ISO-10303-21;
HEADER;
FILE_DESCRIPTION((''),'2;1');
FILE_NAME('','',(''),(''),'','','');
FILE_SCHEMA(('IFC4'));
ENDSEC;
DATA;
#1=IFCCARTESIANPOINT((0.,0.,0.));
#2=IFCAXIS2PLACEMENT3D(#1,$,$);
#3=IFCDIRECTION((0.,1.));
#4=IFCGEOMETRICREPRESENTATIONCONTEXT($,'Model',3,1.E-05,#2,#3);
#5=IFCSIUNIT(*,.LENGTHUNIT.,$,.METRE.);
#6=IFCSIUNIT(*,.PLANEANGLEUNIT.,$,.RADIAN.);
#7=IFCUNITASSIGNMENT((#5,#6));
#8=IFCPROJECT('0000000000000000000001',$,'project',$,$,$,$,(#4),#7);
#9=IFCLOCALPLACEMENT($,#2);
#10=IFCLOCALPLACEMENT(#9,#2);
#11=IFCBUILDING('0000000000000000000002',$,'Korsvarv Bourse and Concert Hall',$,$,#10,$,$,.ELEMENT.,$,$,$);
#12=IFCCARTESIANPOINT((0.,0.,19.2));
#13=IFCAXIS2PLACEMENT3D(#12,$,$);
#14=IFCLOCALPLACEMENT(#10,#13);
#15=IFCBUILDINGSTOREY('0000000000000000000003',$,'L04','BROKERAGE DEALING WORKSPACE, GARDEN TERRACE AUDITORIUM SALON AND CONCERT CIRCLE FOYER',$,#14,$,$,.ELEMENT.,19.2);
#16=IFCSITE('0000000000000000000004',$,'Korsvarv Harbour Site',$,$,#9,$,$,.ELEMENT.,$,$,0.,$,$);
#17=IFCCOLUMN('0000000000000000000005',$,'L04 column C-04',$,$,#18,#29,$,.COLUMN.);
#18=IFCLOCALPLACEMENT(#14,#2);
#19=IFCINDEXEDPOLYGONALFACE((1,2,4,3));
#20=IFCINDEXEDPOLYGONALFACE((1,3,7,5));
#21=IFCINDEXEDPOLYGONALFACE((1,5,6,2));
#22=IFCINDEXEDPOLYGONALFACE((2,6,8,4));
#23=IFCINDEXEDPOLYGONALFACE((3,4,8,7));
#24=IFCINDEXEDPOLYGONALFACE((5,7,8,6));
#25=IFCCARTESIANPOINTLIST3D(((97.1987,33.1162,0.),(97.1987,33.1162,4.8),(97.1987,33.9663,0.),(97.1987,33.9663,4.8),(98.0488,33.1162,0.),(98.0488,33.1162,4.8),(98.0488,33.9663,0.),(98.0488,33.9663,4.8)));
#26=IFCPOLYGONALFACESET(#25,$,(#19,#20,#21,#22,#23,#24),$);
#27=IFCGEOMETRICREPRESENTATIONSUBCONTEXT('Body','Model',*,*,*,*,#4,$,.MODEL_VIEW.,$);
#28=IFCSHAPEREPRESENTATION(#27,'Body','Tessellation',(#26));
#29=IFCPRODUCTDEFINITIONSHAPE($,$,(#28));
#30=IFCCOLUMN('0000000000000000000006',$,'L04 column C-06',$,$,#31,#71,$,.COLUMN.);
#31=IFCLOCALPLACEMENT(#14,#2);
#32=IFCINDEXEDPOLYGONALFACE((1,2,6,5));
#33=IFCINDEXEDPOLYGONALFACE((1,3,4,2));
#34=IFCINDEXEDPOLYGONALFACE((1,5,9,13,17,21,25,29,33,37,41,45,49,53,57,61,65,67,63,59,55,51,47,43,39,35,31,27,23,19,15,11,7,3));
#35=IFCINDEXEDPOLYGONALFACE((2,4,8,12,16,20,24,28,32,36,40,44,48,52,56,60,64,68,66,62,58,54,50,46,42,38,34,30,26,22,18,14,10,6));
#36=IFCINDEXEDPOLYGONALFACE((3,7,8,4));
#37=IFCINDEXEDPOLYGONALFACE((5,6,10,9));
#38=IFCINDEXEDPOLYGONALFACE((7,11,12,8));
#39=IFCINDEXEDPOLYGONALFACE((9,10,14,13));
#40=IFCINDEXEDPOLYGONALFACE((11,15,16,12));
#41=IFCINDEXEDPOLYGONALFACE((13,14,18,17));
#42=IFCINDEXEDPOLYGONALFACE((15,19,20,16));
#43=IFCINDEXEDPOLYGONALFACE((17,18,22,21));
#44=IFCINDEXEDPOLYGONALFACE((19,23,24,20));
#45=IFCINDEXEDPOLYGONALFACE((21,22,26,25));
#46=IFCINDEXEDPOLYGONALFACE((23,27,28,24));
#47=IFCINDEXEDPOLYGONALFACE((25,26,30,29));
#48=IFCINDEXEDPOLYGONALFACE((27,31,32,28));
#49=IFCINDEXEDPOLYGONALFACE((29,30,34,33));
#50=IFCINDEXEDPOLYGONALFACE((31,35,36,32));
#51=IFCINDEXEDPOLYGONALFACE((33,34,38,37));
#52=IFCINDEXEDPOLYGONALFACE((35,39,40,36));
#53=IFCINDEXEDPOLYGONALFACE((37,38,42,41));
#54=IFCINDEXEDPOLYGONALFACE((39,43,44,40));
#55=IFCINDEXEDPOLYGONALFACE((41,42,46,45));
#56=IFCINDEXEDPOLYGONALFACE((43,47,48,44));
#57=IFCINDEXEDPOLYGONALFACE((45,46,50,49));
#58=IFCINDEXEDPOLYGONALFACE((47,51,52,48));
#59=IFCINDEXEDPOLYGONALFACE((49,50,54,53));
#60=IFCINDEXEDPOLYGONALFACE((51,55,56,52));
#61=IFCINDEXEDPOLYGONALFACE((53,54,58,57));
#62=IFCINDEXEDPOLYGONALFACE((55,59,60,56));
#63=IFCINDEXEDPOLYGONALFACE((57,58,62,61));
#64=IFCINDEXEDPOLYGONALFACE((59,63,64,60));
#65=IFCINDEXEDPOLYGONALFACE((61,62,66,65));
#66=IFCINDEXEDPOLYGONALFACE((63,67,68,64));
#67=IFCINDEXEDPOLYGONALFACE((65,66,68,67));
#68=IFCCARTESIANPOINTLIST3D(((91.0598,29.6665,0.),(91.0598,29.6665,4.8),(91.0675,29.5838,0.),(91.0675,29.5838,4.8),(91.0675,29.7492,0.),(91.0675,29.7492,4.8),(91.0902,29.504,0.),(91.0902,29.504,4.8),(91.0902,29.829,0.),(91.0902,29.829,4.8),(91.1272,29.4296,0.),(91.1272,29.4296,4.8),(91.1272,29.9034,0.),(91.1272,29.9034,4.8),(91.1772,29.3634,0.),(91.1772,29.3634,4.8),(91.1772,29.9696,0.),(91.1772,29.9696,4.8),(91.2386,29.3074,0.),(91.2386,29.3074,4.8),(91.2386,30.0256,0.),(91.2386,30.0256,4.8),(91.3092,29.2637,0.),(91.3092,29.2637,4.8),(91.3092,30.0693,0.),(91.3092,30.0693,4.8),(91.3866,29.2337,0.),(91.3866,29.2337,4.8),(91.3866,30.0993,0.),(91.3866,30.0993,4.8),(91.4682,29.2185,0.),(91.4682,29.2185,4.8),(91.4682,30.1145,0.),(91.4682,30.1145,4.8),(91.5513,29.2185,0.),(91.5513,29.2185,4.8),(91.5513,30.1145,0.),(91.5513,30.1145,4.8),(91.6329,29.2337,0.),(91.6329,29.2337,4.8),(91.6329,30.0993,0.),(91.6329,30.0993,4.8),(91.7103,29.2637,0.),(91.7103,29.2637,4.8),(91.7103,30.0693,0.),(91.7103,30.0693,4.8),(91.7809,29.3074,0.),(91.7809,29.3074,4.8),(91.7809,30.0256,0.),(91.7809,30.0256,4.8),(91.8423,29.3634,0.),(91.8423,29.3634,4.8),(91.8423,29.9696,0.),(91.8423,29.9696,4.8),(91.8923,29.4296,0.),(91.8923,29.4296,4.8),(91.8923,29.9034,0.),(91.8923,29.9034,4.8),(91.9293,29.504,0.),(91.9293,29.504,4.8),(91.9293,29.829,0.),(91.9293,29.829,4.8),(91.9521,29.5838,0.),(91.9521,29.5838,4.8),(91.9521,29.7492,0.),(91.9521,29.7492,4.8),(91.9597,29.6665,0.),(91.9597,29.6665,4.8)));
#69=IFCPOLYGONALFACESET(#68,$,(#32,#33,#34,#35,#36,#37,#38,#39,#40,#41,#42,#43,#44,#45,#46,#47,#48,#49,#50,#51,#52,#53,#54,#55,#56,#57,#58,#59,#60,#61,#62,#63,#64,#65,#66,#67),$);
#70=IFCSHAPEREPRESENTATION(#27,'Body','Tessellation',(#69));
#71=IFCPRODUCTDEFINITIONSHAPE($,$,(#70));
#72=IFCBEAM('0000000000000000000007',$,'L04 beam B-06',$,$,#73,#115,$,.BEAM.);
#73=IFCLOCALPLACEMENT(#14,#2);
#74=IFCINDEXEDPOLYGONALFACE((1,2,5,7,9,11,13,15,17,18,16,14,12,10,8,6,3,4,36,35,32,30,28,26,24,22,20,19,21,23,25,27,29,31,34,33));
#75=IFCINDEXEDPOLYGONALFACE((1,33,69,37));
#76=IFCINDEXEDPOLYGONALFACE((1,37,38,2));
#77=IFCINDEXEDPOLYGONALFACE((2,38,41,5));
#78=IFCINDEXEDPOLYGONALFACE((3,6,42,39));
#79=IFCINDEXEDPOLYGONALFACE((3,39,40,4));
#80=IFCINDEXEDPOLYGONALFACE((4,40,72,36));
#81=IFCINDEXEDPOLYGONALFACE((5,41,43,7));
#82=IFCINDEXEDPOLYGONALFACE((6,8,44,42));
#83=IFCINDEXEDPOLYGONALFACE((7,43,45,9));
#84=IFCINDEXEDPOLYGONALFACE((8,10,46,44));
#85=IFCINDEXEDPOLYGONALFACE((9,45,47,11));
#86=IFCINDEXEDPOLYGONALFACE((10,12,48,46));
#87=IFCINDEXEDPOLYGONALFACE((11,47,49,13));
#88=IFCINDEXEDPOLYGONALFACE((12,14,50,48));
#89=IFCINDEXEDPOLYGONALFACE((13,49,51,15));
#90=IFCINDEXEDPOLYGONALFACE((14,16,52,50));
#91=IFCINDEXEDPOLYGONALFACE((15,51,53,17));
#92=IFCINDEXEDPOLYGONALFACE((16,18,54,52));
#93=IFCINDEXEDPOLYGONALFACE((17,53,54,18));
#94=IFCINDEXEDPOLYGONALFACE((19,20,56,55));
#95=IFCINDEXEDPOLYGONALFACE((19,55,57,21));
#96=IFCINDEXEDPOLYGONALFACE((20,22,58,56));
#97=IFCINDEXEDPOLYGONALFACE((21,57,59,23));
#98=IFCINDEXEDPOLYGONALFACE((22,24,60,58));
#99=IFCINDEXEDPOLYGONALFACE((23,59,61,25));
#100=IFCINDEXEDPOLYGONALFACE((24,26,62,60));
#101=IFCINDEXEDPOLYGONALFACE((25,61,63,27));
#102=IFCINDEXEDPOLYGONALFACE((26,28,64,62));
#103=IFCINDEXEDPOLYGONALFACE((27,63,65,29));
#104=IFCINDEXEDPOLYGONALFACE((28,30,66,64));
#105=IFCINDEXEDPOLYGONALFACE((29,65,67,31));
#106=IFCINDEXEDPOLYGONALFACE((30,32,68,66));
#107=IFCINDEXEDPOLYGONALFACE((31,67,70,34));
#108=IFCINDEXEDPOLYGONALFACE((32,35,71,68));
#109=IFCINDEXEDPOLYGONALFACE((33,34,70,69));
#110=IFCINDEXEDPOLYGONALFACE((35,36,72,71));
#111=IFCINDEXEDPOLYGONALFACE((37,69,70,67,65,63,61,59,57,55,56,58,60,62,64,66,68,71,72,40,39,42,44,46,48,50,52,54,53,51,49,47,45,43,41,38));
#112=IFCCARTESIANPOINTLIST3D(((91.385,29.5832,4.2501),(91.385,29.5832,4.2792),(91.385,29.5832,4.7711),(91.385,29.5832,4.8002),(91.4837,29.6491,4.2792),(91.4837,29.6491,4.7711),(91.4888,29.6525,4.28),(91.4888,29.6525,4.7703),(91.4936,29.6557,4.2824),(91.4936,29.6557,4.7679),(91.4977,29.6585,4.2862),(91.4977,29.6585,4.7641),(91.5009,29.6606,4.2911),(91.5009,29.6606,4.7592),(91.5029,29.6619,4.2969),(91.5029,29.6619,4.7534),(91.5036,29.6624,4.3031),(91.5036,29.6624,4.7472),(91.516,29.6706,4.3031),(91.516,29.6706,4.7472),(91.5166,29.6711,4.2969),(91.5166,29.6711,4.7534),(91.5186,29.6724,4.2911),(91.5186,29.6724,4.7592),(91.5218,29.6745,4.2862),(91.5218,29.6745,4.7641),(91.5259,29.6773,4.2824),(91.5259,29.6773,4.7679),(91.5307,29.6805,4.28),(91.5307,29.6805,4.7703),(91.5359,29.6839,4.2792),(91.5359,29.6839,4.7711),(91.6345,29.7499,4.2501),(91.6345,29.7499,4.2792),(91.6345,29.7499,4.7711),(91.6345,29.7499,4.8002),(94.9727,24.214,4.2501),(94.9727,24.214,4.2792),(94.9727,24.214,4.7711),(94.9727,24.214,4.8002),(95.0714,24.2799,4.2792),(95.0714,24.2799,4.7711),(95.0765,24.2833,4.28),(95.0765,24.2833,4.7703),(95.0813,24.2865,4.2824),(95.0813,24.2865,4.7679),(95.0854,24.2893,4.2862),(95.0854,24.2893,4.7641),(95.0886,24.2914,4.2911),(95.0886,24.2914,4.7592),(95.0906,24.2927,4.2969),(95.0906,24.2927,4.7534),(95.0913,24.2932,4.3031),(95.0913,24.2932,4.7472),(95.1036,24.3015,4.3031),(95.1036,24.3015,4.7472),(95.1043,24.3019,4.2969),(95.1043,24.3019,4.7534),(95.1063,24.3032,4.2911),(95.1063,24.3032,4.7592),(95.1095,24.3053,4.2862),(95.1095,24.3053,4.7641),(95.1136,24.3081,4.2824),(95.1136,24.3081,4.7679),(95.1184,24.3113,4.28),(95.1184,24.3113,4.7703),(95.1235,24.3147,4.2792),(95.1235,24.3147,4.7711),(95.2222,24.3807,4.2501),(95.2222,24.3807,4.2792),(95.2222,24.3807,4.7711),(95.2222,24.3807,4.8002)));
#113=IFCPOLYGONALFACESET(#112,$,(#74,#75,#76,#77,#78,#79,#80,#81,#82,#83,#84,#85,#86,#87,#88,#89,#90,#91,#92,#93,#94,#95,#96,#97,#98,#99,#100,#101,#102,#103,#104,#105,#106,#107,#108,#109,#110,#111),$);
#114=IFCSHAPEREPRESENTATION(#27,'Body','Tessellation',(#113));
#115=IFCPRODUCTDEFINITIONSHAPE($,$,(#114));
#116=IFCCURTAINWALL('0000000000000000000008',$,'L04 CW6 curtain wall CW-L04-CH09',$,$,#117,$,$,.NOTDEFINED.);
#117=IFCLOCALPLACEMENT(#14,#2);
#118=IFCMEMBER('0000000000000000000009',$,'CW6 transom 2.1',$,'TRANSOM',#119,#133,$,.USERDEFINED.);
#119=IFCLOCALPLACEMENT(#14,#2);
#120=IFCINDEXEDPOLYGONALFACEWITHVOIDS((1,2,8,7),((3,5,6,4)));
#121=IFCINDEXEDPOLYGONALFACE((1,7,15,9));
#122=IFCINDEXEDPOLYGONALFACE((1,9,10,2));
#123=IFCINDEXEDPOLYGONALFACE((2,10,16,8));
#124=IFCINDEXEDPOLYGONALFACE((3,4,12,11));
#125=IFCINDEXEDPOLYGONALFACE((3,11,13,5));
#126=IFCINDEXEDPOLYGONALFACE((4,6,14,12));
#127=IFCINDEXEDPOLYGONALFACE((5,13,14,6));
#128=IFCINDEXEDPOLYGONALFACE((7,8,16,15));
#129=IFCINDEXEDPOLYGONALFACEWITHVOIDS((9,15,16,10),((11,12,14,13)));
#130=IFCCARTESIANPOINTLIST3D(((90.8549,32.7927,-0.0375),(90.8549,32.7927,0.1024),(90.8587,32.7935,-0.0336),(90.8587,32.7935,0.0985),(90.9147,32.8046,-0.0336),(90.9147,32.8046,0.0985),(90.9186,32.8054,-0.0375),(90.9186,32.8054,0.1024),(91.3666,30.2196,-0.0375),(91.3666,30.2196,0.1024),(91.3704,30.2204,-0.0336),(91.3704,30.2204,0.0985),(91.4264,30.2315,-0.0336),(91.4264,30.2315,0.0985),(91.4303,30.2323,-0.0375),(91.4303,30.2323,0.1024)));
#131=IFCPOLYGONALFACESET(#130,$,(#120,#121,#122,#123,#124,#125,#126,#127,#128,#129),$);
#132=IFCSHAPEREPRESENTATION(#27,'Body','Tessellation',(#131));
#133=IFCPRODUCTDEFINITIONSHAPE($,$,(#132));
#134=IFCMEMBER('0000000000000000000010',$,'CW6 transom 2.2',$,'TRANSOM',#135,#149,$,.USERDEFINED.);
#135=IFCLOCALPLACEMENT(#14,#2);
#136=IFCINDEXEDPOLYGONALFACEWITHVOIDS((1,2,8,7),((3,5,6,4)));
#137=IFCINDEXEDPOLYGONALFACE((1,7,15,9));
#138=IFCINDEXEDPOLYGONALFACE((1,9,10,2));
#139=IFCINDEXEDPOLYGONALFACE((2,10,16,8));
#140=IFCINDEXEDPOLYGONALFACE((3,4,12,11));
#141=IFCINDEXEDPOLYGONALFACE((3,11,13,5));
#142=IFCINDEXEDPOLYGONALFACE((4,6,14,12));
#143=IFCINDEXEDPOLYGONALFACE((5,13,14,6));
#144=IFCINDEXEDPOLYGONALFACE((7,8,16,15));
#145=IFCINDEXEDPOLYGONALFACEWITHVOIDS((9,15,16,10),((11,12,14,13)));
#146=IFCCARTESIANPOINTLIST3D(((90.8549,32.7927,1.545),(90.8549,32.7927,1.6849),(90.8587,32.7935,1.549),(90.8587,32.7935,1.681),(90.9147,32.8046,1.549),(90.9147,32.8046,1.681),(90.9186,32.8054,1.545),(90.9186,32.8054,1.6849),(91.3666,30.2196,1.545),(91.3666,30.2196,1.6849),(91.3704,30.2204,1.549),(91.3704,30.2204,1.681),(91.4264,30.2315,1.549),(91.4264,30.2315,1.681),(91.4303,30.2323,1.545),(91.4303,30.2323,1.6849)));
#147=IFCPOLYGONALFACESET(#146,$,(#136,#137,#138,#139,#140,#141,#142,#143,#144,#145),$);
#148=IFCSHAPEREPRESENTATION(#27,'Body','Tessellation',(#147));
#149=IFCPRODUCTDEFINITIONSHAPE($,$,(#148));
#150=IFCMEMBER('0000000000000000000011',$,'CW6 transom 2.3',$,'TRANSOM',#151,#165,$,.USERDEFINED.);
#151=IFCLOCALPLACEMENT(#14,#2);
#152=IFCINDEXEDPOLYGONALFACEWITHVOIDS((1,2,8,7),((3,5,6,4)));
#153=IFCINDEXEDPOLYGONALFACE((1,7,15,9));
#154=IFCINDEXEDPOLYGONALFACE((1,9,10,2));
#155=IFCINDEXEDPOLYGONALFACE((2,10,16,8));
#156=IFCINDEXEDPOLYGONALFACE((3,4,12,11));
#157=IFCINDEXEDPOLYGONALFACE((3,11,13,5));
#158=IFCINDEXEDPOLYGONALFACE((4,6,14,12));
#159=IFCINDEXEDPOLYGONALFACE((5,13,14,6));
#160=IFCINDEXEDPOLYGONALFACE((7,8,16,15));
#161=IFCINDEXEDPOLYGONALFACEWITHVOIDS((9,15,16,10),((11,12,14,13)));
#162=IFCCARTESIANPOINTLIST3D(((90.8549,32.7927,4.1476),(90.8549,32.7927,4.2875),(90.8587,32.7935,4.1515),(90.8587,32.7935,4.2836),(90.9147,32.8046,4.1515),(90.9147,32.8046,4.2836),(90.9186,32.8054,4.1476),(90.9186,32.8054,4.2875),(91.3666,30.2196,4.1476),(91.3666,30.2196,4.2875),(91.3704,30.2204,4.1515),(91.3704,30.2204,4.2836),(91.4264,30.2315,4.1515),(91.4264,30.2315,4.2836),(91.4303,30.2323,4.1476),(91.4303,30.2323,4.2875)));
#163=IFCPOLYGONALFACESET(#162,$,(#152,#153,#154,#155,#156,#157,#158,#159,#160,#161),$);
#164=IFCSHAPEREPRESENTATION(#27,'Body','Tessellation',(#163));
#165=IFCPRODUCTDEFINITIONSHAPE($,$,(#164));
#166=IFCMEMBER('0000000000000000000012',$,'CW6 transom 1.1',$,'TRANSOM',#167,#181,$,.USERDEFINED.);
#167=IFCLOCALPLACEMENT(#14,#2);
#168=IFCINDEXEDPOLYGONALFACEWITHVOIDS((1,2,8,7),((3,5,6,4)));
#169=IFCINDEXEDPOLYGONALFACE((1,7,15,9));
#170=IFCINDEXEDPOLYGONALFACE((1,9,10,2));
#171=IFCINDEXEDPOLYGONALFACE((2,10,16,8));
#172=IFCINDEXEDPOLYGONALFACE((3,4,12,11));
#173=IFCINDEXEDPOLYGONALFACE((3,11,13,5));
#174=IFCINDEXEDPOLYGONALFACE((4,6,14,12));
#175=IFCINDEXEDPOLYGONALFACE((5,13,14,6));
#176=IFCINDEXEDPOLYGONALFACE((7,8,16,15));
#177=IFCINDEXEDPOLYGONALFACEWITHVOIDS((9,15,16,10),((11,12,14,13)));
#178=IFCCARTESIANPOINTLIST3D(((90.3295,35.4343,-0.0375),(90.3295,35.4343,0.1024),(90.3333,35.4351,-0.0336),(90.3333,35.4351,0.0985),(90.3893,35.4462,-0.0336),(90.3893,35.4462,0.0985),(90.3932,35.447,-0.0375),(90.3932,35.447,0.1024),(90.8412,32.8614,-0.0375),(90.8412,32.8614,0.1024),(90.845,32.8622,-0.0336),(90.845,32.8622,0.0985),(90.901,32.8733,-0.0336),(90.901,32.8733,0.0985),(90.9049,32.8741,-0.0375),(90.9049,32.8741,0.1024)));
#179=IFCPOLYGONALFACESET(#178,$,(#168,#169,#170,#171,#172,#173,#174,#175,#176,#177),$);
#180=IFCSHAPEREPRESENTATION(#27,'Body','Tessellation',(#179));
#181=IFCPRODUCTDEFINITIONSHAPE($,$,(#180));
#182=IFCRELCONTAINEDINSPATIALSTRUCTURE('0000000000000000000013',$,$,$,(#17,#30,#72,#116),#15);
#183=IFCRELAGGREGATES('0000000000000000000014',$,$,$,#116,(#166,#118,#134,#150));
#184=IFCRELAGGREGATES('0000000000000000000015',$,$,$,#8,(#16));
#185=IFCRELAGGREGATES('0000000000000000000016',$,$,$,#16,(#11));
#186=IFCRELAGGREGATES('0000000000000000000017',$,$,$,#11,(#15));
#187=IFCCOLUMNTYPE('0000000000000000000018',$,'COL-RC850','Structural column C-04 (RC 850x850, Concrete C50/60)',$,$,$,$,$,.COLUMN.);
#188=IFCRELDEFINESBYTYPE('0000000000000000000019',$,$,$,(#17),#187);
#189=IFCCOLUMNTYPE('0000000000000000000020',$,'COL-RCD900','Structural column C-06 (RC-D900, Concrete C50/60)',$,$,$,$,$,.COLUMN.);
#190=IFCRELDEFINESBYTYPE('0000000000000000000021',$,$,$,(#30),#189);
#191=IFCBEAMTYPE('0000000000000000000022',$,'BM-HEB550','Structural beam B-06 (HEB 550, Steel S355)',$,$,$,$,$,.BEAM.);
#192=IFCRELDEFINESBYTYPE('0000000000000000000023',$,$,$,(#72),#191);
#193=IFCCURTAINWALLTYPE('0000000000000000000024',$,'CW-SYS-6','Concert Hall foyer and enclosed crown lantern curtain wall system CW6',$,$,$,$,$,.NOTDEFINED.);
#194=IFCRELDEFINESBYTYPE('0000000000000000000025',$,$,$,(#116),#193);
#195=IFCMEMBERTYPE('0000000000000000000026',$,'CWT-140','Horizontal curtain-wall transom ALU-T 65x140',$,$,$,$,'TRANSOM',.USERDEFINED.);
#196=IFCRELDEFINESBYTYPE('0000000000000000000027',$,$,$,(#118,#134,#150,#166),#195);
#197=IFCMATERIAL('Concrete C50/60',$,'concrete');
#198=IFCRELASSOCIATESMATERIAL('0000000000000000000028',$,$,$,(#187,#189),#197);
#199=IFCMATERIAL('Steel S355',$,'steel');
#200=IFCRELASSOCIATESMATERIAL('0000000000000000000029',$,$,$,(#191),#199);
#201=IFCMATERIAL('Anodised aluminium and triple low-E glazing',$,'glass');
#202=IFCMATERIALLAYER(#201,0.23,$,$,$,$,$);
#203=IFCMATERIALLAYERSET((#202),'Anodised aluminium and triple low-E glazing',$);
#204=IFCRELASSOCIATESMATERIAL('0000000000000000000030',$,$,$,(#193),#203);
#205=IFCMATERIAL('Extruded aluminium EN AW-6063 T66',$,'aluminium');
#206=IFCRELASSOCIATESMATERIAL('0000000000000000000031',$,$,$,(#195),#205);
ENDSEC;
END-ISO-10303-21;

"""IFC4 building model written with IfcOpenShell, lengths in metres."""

from ifc_helpers import new_model, si_unit, direction, frame, origin, origin_2d, place, context, subcontext, project, spatial, rectangle, hollow_rectangle, circle, i_section, extrude, source, transform, mapped, material, layer, layer_set, material_profile, profile_set, type_object, element, aggregate, save


model = new_model("IFC4")

# Units and contexts
model_context = context("Model", 3, precision=1e-05, world=origin(), true_north=direction((0.0, 1.0)))
body_context = subcontext(model_context, "Body", "Model", "MODEL_VIEW")
ifc_project = project(units=[si_unit("LENGTHUNIT", "METRE"), si_unit("PLANEANGLEUNIT", "RADIAN")], contexts=[model_context])

# Site, building, storey
site_placement = place(None, origin())
site = spatial("IfcSite", under=ifc_project, at=site_placement, Name="Korsvarv Harbour Site", CompositionType="ELEMENT", RefElevation=0.0)
building_placement = place(site_placement, origin())
building = spatial("IfcBuilding", under=site, at=building_placement, Name="Korsvarv Bourse and Concert Hall", CompositionType="ELEMENT")
storey_placement = place(building_placement, frame((0.0, 0.0, 19.2)))
storey = spatial("IfcBuildingStorey", under=building, at=storey_placement, Name="L04", Description="BROKERAGE DEALING WORKSPACE, GARDEN TERRACE AUDITORIUM SALON AND CONCERT CIRCLE FOYER", CompositionType="ELEMENT", Elevation=19.2)

# Columns
ifc_material_1 = material(Name="Concrete C50/60", Category="concrete")
ifc_material_profile_1 = material_profile(ifc_material_1, rectangle(XDim=0.8501, YDim=0.8501, at=origin_2d()), Name="RC 850x850")
ifc_profile_set_1 = profile_set([ifc_material_profile_1], Name="Concrete C50/60")
column_type_1 = type_object("IfcColumnType", Name="COL-RC850", Description="Structural column C-04 (RC 850x850, Concrete C50/60)", PredefinedType="COLUMN", material=ifc_profile_set_1)
shared_shape_1 = source(origin(), body_context, "Body", "SweptSolid", [
    extrude(rectangle(XDim=0.8501, YDim=0.8501, at=origin_2d()), origin(), (0.0, 0.0, 1.0), 4.8),
])
column_1_placement = place(storey_placement, frame((97.6238, 33.5413, 0.0), z_axis=(0.0, 0.0, 1.0), x_axis=(1.0, 0.0, 0.0)))
element("IfcColumn", 1, at=column_1_placement, inside=storey, type_object=column_type_1, Name="L04 column C-04", PredefinedType="COLUMN", context=body_context, shape_type="MappedRepresentation", body=[
    mapped(shared_shape_1, transform((0.0, 0.0, 0.0), scale=1.0)),
])
ifc_material_profile_2 = material_profile(ifc_material_1, circle(Radius=0.45, at=origin_2d()), Name="RC-D900")
ifc_profile_set_2 = profile_set([ifc_material_profile_2], Name="Concrete C50/60")
column_type_2 = type_object("IfcColumnType", Name="COL-RCD900", Description="Structural column C-06 (RC-D900, Concrete C50/60)", PredefinedType="COLUMN", material=ifc_profile_set_2)
shared_shape_2 = source(origin(), body_context, "Body", "SweptSolid", [
    extrude(circle(Radius=0.45, at=origin_2d()), origin(), (0.0, 0.0, 1.0), 4.8),
])
column_2_placement = place(storey_placement, frame((91.5098, 29.6665, 0.0), z_axis=(0.0, 0.0, 1.0), x_axis=(1.0, 0.0, 0.0)))
element("IfcColumn", 2, at=column_2_placement, inside=storey, type_object=column_type_2, Name="L04 column C-06", PredefinedType="COLUMN", context=body_context, shape_type="MappedRepresentation", body=[
    mapped(shared_shape_2, transform((0.0, 0.0, 0.0), scale=1.0)),
])

# Beam
ifc_material_2 = material(Name="Steel S355", Category="steel")
ifc_material_profile_3 = material_profile(ifc_material_2, i_section(OverallWidth=0.3, OverallDepth=0.55, WebThickness=0.0149, FlangeThickness=0.0291, FilletRadius=0.0239, at=origin_2d()), Name="HEB 550")
ifc_profile_set_3 = profile_set([ifc_material_profile_3], Name="Steel S355")
beam_type = type_object("IfcBeamType", Name="BM-HEB550", Description="Structural beam B-06 (HEB 550, Steel S355)", PredefinedType="BEAM", material=ifc_profile_set_3)
shared_shape_3 = source(origin(), body_context, "Body", "SweptSolid", [
    extrude(i_section(OverallWidth=0.3, OverallDepth=0.55, WebThickness=0.0149, FlangeThickness=0.0291, FilletRadius=0.0239, at=origin_2d()), origin(), (0.0, 0.0, 1.0), 6.4575),
])
beam_placement = place(storey_placement, frame((91.5098, 29.6665, 4.5251), z_axis=(0.555581, -0.831462, 0.0), x_axis=(0.831462, 0.555581, 0.0)))
element("IfcBeam", 3, at=beam_placement, inside=storey, type_object=beam_type, Name="L04 beam B-06", PredefinedType="BEAM", context=body_context, shape_type="MappedRepresentation", body=[
    mapped(shared_shape_3, transform((0.0, 0.0, 0.0), scale=1.0)),
])

# Curtain wall, members
ifc_material_3 = material(Name="Anodised aluminium and triple low-E glazing", Category="glass")
ifc_layer_1 = layer(ifc_material_3, 0.23)
ifc_layer_set_1 = layer_set([ifc_layer_1], Name="Anodised aluminium and triple low-E glazing")
curtain_wall_type = type_object("IfcCurtainWallType", Name="CW-SYS-6", Description="Concert Hall foyer and enclosed crown lantern curtain wall system CW6", PredefinedType="NOTDEFINED", material=ifc_layer_set_1)
curtain_wall_placement = place(storey_placement, origin())
curtain_wall = element("IfcCurtainWall", 4, at=curtain_wall_placement, inside=storey, type_object=curtain_wall_type, Name="L04 CW6 curtain wall CW-L04-CH09", PredefinedType="NOTDEFINED")
ifc_material_4 = material(Name="Extruded aluminium EN AW-6063 T66", Category="aluminium")
ifc_material_profile_4 = material_profile(ifc_material_4, hollow_rectangle(XDim=0.0649, YDim=0.1399, WallThickness=0.0039, at=origin_2d()), Name="ALU-T 65x140")
ifc_profile_set_4 = profile_set([ifc_material_profile_4], Name="Extruded aluminium EN AW-6063 T66")
member_type_1 = type_object("IfcMemberType", Name="CWT-140", Description="Horizontal curtain-wall transom ALU-T 65x140", ElementType="TRANSOM", PredefinedType="USERDEFINED", material=ifc_profile_set_4)
shared_shape_4 = source(origin(), body_context, "Body", "SweptSolid", [
    extrude(hollow_rectangle(XDim=0.0649, YDim=0.1399, WallThickness=0.0039, at=origin_2d()), origin(), (0.0, 0.0, 1.0), 2.6235),
])
member_1_placement = place(storey_placement, frame((90.8867, 32.7991, 0.0325), z_axis=(0.195042, -0.980795, 0.0), x_axis=(0.980795, 0.195042, 0.0)))
member_1 = element("IfcMember", 5, at=member_1_placement, type_object=member_type_1, Name="CW6 transom 2.1", ObjectType="TRANSOM", PredefinedType="USERDEFINED", context=body_context, shape_type="MappedRepresentation", body=[
    mapped(shared_shape_4, transform((0.0, 0.0, 0.0), scale=1.0)),
])
member_2_placement = place(storey_placement, frame((90.8867, 32.7991, 1.615), z_axis=(0.195042, -0.980795, 0.0), x_axis=(0.980795, 0.195042, 0.0)))
member_2 = element("IfcMember", 6, at=member_2_placement, type_object=member_type_1, Name="CW6 transom 2.2", ObjectType="TRANSOM", PredefinedType="USERDEFINED", context=body_context, shape_type="MappedRepresentation", body=[
    mapped(shared_shape_4, transform((0.0, 0.0, 0.0), scale=1.0)),
])
member_3_placement = place(storey_placement, frame((90.8867, 32.7991, 4.2175), z_axis=(0.195042, -0.980795, 0.0), x_axis=(0.980795, 0.195042, 0.0)))
member_3 = element("IfcMember", 7, at=member_3_placement, type_object=member_type_1, Name="CW6 transom 2.3", ObjectType="TRANSOM", PredefinedType="USERDEFINED", context=body_context, shape_type="MappedRepresentation", body=[
    mapped(shared_shape_4, transform((0.0, 0.0, 0.0), scale=1.0)),
])
shared_shape_5 = source(origin(), body_context, "Body", "SweptSolid", [
    extrude(hollow_rectangle(XDim=0.0649, YDim=0.1399, WallThickness=0.0039, at=origin_2d()), origin(), (0.0, 0.0, 1.0), 2.6233),
])
member_4_placement = place(storey_placement, frame((90.3613, 35.4407, 0.0325), z_axis=(0.19506, -0.980791, 0.0), x_axis=(0.980791, 0.19506, 0.0)))
member_4 = element("IfcMember", 8, at=member_4_placement, type_object=member_type_1, Name="CW6 transom 1.1", ObjectType="TRANSOM", PredefinedType="USERDEFINED", context=body_context, shape_type="MappedRepresentation", body=[
    mapped(shared_shape_5, transform((0.0, 0.0, 0.0), scale=1.0)),
])
aggregate(curtain_wall, [member_4, member_1, member_2, member_3])

save(model, "model.ifc")
